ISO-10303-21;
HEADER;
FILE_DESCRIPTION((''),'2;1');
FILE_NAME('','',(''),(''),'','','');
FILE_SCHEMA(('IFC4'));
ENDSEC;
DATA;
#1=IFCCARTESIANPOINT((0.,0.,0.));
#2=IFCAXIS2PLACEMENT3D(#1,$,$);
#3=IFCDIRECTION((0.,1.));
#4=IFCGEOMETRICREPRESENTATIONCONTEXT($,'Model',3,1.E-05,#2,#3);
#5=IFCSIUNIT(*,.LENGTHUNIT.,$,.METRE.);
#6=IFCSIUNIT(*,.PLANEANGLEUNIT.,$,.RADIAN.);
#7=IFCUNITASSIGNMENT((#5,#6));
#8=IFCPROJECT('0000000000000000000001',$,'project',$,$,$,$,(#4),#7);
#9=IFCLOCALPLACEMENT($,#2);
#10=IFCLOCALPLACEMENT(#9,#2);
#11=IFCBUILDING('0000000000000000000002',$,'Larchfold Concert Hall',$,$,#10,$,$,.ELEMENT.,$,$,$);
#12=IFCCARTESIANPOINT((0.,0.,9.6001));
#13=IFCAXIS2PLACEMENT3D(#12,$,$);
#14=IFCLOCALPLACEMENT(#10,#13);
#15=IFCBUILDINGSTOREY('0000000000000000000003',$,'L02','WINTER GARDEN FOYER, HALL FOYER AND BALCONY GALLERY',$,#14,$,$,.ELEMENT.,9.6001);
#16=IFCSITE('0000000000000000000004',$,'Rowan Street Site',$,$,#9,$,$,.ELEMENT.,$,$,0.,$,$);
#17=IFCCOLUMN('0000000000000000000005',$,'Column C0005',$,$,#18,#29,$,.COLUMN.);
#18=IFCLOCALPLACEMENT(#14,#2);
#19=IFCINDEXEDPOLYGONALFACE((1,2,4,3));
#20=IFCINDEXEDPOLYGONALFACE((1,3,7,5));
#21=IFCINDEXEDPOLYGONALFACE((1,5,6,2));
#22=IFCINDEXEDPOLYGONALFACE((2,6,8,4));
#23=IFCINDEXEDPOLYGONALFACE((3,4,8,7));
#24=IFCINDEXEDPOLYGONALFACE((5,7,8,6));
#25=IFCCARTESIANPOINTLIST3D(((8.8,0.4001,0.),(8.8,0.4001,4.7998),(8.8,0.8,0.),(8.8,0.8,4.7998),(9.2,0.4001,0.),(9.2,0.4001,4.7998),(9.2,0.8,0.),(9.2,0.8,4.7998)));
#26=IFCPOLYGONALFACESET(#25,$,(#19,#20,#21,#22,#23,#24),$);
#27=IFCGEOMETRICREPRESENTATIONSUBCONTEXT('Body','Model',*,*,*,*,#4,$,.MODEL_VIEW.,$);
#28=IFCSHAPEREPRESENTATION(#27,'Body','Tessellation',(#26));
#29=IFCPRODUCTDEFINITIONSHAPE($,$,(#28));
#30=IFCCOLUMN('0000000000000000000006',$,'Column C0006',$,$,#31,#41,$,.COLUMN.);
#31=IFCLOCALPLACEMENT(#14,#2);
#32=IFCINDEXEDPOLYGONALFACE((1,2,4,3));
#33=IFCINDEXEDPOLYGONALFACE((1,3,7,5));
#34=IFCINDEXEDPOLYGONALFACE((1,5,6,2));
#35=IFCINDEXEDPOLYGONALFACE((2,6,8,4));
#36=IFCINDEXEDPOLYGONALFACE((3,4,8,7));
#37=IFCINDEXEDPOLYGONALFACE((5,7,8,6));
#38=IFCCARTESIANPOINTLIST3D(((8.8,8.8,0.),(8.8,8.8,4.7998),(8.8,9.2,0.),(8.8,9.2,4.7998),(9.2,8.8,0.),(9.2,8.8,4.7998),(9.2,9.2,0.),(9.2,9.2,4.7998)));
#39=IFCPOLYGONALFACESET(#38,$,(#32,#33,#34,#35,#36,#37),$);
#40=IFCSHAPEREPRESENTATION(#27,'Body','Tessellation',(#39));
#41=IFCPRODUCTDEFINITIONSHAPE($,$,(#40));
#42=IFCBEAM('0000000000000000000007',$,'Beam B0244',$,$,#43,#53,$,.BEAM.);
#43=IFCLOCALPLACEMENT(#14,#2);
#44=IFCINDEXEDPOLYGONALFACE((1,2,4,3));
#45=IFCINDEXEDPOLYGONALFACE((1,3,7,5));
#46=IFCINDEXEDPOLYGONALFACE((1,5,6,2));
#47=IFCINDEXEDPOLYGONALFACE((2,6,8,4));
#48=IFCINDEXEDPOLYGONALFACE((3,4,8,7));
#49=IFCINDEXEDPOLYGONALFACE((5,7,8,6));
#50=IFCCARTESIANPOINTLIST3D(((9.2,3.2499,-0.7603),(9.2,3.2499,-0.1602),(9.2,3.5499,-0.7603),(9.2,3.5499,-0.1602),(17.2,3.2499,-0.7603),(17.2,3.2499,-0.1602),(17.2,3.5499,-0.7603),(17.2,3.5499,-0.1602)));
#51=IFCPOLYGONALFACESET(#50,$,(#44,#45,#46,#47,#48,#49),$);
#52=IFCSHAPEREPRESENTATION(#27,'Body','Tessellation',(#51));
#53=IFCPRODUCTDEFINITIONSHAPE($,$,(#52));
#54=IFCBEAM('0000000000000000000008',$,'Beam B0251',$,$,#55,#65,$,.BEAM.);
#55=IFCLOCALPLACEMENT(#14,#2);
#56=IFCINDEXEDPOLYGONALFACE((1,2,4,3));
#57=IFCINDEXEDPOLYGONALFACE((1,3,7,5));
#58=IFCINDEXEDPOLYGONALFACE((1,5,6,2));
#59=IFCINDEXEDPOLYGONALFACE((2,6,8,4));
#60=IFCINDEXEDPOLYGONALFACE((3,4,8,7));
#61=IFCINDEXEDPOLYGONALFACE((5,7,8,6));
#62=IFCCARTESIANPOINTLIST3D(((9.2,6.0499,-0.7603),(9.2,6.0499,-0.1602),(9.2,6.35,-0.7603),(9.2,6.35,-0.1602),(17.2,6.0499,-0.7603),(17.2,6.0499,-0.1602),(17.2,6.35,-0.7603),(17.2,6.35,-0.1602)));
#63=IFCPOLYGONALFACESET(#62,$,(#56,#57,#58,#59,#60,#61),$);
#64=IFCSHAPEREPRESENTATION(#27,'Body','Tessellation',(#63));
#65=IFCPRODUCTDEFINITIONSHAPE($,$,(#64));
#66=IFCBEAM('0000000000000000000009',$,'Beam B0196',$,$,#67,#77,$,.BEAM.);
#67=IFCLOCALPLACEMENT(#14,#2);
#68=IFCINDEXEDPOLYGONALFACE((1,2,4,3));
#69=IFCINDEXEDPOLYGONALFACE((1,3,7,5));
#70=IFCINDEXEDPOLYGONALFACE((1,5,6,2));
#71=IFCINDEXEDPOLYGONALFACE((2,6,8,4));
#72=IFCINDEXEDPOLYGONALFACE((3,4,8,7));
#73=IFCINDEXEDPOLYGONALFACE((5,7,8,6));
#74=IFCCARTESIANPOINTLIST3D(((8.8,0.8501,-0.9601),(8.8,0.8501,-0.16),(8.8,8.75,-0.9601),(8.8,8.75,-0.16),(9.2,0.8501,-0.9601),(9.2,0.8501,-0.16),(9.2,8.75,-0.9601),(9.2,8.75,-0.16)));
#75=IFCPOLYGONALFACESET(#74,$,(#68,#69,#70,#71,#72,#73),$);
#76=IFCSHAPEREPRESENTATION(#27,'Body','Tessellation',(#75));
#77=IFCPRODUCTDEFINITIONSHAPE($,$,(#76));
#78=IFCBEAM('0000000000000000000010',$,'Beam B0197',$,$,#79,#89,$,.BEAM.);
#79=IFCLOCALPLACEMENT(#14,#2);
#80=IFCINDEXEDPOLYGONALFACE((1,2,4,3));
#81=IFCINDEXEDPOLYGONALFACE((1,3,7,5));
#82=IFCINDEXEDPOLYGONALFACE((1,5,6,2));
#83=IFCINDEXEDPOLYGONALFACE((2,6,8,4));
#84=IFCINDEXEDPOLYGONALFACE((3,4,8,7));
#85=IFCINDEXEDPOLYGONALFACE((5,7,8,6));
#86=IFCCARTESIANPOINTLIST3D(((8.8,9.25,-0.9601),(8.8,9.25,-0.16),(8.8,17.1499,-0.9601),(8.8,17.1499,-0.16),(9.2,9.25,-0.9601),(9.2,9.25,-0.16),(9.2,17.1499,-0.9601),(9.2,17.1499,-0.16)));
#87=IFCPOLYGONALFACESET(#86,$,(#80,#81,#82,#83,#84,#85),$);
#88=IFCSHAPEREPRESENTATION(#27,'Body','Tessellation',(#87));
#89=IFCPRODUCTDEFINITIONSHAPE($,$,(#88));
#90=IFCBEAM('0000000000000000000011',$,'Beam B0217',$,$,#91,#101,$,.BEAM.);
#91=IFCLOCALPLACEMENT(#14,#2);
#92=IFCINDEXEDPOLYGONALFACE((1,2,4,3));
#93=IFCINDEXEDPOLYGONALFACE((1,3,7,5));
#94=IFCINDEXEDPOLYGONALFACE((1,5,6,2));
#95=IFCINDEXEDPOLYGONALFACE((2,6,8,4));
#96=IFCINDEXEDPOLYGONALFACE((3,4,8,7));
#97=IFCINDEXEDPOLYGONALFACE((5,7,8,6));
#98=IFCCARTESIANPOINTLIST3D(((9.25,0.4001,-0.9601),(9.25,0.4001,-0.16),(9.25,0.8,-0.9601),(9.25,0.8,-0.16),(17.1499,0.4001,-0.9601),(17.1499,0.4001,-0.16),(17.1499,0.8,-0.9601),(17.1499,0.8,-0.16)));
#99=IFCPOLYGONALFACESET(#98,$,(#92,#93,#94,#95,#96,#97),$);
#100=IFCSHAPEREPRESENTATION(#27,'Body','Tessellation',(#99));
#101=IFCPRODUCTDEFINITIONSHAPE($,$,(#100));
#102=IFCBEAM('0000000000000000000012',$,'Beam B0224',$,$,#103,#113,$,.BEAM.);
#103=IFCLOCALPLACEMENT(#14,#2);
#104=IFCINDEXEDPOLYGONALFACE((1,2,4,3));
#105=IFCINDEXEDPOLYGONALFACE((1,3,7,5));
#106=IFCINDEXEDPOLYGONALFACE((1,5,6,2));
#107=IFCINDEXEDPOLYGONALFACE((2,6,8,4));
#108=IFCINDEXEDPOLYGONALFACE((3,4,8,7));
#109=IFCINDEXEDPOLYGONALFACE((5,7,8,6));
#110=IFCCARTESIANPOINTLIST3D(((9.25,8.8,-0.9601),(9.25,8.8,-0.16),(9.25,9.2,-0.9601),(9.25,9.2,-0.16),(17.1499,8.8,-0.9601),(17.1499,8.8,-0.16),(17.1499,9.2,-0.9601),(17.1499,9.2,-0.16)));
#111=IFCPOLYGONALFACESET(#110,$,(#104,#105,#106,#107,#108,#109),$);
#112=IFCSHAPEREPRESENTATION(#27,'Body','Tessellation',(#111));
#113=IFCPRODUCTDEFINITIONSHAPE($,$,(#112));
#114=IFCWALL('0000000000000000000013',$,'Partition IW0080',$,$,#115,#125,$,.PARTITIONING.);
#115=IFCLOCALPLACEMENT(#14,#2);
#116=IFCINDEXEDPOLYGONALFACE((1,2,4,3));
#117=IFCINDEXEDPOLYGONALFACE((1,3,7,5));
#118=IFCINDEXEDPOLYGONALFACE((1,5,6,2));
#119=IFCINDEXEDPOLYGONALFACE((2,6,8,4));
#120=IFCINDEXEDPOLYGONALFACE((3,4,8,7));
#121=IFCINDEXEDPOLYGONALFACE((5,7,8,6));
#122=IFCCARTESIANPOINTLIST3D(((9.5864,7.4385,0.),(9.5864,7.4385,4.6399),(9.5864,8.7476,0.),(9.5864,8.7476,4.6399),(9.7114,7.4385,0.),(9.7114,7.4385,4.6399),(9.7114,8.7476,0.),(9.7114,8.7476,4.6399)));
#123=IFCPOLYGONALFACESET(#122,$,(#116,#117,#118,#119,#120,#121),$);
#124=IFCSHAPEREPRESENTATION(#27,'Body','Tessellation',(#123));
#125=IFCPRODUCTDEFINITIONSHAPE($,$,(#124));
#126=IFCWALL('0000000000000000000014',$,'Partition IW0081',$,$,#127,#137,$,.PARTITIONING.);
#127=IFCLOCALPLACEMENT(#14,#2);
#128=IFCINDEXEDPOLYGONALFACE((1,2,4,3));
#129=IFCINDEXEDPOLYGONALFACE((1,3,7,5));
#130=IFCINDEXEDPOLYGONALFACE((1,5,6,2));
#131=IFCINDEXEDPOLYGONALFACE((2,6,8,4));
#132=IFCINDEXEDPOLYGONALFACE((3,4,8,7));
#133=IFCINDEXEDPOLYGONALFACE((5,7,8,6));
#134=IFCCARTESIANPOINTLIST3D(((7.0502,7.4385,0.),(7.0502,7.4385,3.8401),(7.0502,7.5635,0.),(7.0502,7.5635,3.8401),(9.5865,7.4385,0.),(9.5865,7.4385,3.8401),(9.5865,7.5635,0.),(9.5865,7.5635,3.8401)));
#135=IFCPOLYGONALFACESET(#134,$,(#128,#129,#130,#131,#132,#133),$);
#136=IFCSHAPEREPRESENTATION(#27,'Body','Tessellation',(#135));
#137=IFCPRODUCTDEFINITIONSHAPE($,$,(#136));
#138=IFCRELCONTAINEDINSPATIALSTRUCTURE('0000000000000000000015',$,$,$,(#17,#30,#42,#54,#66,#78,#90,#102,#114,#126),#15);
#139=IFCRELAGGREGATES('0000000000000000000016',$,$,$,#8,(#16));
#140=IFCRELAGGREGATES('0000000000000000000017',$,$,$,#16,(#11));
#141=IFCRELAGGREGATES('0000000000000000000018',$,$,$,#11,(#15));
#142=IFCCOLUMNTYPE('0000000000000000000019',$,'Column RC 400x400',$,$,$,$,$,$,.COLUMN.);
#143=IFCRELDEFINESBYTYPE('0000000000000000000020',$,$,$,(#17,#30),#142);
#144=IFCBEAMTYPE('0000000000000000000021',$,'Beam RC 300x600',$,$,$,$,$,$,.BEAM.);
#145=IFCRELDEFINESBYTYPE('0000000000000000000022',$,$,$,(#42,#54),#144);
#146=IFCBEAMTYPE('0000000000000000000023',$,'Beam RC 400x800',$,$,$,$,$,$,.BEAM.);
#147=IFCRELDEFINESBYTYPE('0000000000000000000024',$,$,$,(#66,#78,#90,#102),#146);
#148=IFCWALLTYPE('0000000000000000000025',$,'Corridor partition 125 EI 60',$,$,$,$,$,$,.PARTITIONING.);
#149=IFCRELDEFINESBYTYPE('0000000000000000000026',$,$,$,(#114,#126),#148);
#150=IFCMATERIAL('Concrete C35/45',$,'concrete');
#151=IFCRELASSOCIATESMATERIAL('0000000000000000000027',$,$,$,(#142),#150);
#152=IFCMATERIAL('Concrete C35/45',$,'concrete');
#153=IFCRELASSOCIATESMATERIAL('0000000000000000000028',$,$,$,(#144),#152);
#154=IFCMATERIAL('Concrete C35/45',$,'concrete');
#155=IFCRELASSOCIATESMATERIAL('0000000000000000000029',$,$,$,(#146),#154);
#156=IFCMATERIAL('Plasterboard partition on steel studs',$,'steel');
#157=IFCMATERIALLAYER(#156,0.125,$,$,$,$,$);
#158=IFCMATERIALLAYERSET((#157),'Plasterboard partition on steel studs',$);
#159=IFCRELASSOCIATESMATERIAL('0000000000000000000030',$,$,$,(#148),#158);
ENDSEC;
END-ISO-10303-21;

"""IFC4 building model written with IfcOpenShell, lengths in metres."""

from ifc_helpers import new_model, si_unit, direction, frame, frame_2d, origin, origin_2d, place, context, subcontext, project, spatial, rectangle, extrude, material, layer, layer_set, material_profile, profile_set, type_object, element, save


model = new_model("IFC4")

# Units and contexts
model_context = context("Model", 3, precision=1e-05, world=origin(), true_north=direction((0.0, 1.0)))
body_context = subcontext(model_context, "Body", "Model", "MODEL_VIEW")
ifc_project = project(units=[si_unit("LENGTHUNIT", "METRE"), si_unit("PLANEANGLEUNIT", "RADIAN")], contexts=[model_context])

# Site, building, storey
site_placement = place(None, origin())
site = spatial("IfcSite", under=ifc_project, at=site_placement, Name="Rowan Street Site", CompositionType="ELEMENT", RefElevation=0.0)
building_placement = place(site_placement, origin())
building = spatial("IfcBuilding", under=site, at=building_placement, Name="Larchfold Concert Hall", CompositionType="ELEMENT")
storey_placement = place(building_placement, frame((0.0, 0.0, 9.6001)))
storey = spatial("IfcBuildingStorey", under=building, at=storey_placement, Name="L02", Description="WINTER GARDEN FOYER, HALL FOYER AND BALCONY GALLERY", CompositionType="ELEMENT", Elevation=9.6001)

# Columns
ifc_material_1 = material(Name="Concrete C35/45", Category="concrete")
ifc_material_profile_1 = material_profile(ifc_material_1, rectangle(XDim=0.3999, YDim=0.3999, at=origin_2d()))
ifc_profile_set_1 = profile_set([ifc_material_profile_1], Name="Concrete C35/45")
column_type = type_object("IfcColumnType", Name="Column RC 400x400", PredefinedType="COLUMN", material=ifc_profile_set_1)
for number, where, z_axis, x_axis, name in (
    (1, (9.0, 0.6001, 0.0), (0.0, 0.0, 1.0), (1.0, 0.0, 0.0), "Column C0005"),
    (2, (9.0, 9.0, 0.0), (0.0, 0.0, 1.0), (1.0, 0.0, 0.0), "Column C0006"),
):
    element("IfcColumn", number, at=place(storey_placement, frame(where, z_axis=z_axis, x_axis=x_axis)), inside=storey, type_object=column_type, Name=name, PredefinedType="COLUMN", context=body_context, shape_type="SweptSolid", body=[
        extrude(rectangle(XDim=0.3999, YDim=0.3999, at=origin_2d()), origin(), (0.0, 0.0, 1.0), 4.7998),
    ])

# Beams
ifc_material_2 = material(Name="Concrete C35/45", Category="concrete")
ifc_material_profile_2 = material_profile(ifc_material_2, rectangle(XDim=0.3, YDim=0.6001, at=origin_2d()))
ifc_profile_set_2 = profile_set([ifc_material_profile_2], Name="Concrete C35/45")
beam_type_1 = type_object("IfcBeamType", Name="Beam RC 300x600", PredefinedType="BEAM", material=ifc_profile_set_2)
for number, where, z_axis, x_axis, name in (
    (3, (9.2, 3.3999, -0.4602), (1.0, 0.0, 0.0), (0.0, 1.0, 0.0), "Beam B0244"),
    (4, (9.2, 6.2, -0.4602), (1.0, 0.0, 0.0), (0.0, 1.0, 0.0), "Beam B0251"),
):
    element("IfcBeam", number, at=place(storey_placement, frame(where, z_axis=z_axis, x_axis=x_axis)), inside=storey, type_object=beam_type_1, Name=name, PredefinedType="BEAM", context=body_context, shape_type="SweptSolid", body=[
        extrude(rectangle(XDim=0.3, YDim=0.6001, at=origin_2d()), origin(), (0.0, 0.0, 1.0), 8.0),
    ])
ifc_material_3 = material(Name="Concrete C35/45", Category="concrete")
ifc_material_profile_3 = material_profile(ifc_material_3, rectangle(XDim=0.3999, YDim=0.8, at=origin_2d()))
ifc_profile_set_3 = profile_set([ifc_material_profile_3], Name="Concrete C35/45")
beam_type_2 = type_object("IfcBeamType", Name="Beam RC 400x800", PredefinedType="BEAM", material=ifc_profile_set_3)
for number, where, z_axis, x_axis, name in (
    (5, (9.0, 0.8501, -0.5601), (0.0, 1.0, 0.0), (-1.0, 0.0, 0.0), "Beam B0196"),
    (6, (9.0, 9.25, -0.5601), (0.0, 1.0, 0.0), (-1.0, 0.0, 0.0), "Beam B0197"),
    (7, (9.25, 0.6001, -0.5601), (1.0, 0.0, 0.0), (0.0, 1.0, 0.0), "Beam B0217"),
    (8, (9.25, 9.0, -0.5601), (1.0, 0.0, 0.0), (0.0, 1.0, 0.0), "Beam B0224"),
):
    element("IfcBeam", number, at=place(storey_placement, frame(where, z_axis=z_axis, x_axis=x_axis)), inside=storey, type_object=beam_type_2, Name=name, PredefinedType="BEAM", context=body_context, shape_type="SweptSolid", body=[
        extrude(rectangle(XDim=0.3999, YDim=0.8, at=origin_2d()), origin(), (0.0, 0.0, 1.0), 7.8999),
    ])

# Walls
ifc_material_4 = material(Name="Plasterboard partition on steel studs", Category="steel")
ifc_layer_1 = layer(ifc_material_4, 0.125)
ifc_layer_set_1 = layer_set([ifc_layer_1], Name="Plasterboard partition on steel studs")
wall_type_1 = type_object("IfcWallType", Name="Corridor partition 125 EI 60", PredefinedType="PARTITIONING", material=ifc_layer_set_1)
wall_1_placement = place(storey_placement, frame((9.6489, 8.7476, 0.0), z_axis=(0.0, 0.0, 1.0), x_axis=(0.0, -1.0, 0.0)))
element("IfcWall", 9, at=wall_1_placement, inside=storey, type_object=wall_type_1, Name="Partition IW0080", PredefinedType="PARTITIONING", context=body_context, shape_type="SweptSolid", body=[
    extrude(rectangle(XDim=1.3091, YDim=0.125, at=frame_2d((0.6545, 0.0))), origin(), (0.0, 0.0, 1.0), 4.6399),
])
wall_2_placement = place(storey_placement, frame((9.5864, 7.501, 0.0), z_axis=(0.0, 0.0, 1.0), x_axis=(-1.0, 0.0, 0.0)))
element("IfcWall", 10, at=wall_2_placement, inside=storey, type_object=wall_type_1, Name="Partition IW0081", PredefinedType="PARTITIONING", context=body_context, shape_type="SweptSolid", body=[
    extrude(rectangle(XDim=2.5364, YDim=0.125, at=frame_2d((1.2681, 0.0))), origin(), (0.0, 0.0, 1.0), 3.8401),
])

save(model, "model.ifc")
